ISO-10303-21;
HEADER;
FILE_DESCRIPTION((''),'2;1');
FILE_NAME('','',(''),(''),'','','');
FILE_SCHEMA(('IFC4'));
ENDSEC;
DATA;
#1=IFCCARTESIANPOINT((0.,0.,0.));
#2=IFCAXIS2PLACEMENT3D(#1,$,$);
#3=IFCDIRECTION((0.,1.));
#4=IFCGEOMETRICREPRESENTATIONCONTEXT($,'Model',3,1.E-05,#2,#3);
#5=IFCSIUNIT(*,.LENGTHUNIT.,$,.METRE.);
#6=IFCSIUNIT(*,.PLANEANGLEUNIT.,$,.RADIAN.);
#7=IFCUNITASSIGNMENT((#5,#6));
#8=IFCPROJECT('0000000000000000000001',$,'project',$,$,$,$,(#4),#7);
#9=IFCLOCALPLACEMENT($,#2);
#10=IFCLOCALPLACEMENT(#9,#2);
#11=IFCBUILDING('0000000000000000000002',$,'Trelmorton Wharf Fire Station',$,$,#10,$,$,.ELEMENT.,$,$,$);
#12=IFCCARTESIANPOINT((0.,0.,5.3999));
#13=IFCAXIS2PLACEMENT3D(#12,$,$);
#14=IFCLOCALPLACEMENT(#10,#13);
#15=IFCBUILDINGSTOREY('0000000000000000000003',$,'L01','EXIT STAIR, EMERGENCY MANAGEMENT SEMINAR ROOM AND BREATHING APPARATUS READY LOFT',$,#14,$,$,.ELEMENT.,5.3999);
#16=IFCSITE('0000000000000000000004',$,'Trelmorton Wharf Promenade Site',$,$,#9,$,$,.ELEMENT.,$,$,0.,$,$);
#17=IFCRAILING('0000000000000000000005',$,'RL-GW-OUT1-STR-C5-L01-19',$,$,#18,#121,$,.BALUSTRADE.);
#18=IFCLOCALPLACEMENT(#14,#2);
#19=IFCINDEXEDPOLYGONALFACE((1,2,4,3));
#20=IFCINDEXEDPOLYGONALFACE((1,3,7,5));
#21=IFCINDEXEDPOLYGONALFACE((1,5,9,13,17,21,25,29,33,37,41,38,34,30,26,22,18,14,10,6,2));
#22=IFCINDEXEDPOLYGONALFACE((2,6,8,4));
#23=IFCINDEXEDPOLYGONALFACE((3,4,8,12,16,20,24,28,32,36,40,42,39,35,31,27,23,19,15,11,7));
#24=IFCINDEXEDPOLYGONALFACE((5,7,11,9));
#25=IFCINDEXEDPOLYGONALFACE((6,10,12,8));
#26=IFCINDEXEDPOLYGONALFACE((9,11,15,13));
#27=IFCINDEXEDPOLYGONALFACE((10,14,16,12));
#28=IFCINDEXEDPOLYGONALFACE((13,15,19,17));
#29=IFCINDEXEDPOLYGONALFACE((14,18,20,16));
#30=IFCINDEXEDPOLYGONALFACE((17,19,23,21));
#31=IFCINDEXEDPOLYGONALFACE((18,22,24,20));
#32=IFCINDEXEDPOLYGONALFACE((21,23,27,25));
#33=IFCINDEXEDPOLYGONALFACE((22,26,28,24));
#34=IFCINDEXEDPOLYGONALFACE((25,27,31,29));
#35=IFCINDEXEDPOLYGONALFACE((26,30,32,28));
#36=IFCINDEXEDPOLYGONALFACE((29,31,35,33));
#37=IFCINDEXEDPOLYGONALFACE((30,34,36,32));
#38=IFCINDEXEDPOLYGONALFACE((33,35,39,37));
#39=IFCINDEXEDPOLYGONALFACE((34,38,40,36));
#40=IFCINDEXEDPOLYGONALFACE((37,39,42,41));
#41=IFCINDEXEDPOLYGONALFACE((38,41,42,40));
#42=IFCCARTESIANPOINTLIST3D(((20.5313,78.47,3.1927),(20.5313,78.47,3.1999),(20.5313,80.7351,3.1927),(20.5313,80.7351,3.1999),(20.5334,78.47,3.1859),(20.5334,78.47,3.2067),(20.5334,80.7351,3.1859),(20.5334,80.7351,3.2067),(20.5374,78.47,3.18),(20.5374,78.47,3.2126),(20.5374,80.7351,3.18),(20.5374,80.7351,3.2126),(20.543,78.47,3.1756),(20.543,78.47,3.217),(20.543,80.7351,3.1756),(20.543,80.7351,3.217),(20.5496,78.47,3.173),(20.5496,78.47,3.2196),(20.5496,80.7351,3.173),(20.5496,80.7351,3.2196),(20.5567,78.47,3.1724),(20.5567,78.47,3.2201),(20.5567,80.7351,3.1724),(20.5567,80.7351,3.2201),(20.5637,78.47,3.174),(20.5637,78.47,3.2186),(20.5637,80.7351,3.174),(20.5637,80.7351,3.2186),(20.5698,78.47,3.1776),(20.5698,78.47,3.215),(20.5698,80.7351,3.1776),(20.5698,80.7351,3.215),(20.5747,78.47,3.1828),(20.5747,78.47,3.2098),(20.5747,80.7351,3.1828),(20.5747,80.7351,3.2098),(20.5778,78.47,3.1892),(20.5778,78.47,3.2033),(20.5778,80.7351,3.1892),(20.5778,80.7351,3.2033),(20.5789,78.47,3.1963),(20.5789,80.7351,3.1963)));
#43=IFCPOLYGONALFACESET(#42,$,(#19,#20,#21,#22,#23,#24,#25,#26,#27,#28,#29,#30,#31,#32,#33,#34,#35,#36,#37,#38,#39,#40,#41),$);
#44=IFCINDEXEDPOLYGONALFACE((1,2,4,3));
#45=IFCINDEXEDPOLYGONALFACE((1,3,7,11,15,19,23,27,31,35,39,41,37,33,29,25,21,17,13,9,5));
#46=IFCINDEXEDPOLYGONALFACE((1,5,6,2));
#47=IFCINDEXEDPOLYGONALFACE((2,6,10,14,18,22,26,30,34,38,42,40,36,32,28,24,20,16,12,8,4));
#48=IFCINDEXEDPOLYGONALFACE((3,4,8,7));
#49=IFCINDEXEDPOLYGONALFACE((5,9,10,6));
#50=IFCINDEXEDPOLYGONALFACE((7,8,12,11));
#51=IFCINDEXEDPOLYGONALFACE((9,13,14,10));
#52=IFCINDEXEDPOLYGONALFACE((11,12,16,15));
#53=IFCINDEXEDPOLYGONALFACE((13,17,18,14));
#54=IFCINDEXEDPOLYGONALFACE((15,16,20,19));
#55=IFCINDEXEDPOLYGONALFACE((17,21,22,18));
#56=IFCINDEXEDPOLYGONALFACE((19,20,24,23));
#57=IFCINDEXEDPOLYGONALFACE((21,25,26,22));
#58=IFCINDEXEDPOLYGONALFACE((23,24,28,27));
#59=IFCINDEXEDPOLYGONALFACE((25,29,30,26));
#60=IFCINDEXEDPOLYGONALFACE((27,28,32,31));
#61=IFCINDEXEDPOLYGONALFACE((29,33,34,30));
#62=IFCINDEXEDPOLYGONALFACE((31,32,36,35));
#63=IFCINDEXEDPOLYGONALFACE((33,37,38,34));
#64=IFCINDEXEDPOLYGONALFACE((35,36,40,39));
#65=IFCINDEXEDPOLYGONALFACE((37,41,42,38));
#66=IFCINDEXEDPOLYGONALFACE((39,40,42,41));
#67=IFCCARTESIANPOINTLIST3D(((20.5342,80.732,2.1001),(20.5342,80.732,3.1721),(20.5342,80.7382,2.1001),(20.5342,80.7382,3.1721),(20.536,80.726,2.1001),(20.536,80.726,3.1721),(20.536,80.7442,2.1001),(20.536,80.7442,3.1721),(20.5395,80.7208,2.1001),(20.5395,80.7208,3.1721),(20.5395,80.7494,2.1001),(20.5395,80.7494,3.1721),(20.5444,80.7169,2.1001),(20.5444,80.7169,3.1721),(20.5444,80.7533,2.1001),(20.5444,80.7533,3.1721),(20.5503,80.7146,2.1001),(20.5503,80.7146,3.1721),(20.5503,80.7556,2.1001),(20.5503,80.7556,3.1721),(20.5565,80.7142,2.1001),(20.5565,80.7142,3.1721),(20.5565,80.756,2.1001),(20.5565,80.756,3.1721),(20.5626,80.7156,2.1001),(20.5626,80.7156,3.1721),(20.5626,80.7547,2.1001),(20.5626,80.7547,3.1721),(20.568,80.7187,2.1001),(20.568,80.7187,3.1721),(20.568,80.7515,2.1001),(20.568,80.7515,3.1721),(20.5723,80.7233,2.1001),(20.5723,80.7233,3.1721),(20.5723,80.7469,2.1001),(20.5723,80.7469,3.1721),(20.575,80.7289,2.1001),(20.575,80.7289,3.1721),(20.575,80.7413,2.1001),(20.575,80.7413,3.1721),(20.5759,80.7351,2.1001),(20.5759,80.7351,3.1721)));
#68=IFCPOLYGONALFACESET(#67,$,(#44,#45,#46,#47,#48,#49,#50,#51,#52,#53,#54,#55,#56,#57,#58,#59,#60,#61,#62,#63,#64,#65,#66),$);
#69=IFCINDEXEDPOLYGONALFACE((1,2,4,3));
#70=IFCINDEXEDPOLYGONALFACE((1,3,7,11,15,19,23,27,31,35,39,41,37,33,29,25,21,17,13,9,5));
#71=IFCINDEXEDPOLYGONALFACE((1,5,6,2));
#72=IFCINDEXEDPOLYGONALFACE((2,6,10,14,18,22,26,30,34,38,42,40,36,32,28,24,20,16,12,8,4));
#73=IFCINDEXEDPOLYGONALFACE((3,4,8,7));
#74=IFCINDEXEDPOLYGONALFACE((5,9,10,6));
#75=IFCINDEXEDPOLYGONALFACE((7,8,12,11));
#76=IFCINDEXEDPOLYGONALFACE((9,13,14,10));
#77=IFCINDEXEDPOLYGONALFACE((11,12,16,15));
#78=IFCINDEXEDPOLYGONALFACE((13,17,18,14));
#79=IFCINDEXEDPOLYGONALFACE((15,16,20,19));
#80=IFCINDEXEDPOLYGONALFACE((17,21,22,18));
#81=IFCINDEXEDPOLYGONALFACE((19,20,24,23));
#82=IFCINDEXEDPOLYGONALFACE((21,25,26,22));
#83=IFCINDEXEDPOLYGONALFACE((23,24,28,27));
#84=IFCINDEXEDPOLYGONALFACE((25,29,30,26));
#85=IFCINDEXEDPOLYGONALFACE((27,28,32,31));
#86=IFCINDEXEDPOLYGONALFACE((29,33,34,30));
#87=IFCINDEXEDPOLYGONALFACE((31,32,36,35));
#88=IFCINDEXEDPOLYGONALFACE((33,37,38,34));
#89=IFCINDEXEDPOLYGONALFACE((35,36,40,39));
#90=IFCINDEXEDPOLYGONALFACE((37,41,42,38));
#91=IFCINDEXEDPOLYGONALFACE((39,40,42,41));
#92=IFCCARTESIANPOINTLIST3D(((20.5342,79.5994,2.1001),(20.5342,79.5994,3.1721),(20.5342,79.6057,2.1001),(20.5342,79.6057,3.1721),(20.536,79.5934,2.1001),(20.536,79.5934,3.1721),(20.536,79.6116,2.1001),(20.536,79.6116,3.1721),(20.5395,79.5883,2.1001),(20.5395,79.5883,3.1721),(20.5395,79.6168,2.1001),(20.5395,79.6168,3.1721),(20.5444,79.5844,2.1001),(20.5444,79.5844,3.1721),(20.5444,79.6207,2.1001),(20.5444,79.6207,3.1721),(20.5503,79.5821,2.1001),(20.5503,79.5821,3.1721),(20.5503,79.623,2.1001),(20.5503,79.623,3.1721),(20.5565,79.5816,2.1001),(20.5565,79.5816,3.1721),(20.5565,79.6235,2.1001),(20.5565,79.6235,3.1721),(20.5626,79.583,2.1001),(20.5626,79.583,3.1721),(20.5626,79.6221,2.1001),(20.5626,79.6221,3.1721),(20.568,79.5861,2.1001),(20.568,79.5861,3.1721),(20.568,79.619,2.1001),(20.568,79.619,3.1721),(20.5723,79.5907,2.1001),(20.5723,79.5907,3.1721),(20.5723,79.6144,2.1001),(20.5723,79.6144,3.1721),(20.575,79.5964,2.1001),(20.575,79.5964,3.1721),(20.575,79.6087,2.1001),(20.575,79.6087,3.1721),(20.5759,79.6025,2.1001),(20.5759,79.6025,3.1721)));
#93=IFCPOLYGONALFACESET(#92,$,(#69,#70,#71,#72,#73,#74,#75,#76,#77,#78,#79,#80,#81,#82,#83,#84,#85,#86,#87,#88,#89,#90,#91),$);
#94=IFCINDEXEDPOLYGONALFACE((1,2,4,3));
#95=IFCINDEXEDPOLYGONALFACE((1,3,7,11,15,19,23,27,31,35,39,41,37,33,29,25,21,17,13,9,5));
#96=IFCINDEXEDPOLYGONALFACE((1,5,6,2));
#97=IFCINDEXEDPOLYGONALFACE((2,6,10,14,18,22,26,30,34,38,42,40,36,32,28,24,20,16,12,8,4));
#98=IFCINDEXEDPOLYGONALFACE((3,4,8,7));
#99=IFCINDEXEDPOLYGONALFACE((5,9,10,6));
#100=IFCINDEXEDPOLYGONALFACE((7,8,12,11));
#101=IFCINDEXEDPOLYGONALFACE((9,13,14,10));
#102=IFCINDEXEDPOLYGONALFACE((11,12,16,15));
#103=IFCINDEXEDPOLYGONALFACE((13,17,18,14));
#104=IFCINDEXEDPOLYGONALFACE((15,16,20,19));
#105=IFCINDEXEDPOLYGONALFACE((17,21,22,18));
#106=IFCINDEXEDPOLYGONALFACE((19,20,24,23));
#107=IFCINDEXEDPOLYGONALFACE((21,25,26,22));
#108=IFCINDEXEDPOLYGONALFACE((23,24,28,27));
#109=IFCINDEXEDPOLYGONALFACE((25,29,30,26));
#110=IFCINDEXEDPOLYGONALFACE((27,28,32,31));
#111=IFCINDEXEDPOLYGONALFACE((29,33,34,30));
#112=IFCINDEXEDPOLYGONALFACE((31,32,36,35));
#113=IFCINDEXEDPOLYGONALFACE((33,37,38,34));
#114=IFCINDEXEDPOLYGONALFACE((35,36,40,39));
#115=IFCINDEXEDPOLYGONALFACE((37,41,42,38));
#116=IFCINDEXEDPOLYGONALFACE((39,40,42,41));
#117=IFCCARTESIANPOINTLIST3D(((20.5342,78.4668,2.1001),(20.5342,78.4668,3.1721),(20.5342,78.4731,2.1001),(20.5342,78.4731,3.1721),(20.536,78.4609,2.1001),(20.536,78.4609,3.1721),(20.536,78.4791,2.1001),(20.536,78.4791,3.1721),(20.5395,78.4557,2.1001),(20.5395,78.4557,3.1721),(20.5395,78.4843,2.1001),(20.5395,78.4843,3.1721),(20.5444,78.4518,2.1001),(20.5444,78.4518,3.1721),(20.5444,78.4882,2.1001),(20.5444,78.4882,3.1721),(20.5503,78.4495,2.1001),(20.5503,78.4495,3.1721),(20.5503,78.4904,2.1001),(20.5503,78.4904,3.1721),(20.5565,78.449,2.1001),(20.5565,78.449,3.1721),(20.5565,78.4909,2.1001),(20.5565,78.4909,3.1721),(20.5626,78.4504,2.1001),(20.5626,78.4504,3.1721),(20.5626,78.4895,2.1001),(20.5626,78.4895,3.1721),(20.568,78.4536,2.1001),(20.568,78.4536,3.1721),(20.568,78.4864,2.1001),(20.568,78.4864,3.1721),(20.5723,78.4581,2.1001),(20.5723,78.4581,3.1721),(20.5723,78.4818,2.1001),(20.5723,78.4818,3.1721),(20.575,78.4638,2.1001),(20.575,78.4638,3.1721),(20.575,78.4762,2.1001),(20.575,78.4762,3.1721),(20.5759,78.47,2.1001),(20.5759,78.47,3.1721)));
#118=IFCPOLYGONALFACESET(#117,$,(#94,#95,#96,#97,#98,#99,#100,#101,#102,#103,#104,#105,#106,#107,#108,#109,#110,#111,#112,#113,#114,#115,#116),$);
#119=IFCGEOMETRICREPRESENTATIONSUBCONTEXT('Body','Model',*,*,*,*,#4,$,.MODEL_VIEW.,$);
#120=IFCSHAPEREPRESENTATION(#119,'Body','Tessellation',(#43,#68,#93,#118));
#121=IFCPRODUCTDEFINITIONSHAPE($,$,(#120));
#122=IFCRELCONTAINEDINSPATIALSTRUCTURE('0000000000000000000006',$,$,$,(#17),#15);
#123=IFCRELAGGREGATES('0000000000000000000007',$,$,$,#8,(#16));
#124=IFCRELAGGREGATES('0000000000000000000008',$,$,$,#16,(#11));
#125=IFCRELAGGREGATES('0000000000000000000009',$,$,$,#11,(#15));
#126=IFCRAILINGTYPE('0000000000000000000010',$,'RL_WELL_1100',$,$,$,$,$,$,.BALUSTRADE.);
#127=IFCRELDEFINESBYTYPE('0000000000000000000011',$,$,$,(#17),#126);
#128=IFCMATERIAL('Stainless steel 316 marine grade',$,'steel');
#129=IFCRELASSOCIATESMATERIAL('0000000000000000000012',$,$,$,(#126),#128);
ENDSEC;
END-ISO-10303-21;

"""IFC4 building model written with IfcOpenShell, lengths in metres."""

from ifc_helpers import new_model, si_unit, direction, frame, origin, origin_2d, place, context, subcontext, project, spatial, circle, extrude, material, type_object, element, save


model = new_model("IFC4")

# Units and contexts
model_context = context("Model", 3, precision=1e-05, world=origin(), true_north=direction((0.0, 1.0)))
body_context = subcontext(model_context, "Body", "Model", "MODEL_VIEW")
ifc_project = project(units=[si_unit("LENGTHUNIT", "METRE"), si_unit("PLANEANGLEUNIT", "RADIAN")], contexts=[model_context])

# Site, building, storey
site_placement = place(None, origin())
site = spatial("IfcSite", under=ifc_project, at=site_placement, Name="Trelmorton Wharf Promenade Site", CompositionType="ELEMENT", RefElevation=0.0)
building_placement = place(site_placement, origin())
building = spatial("IfcBuilding", under=site, at=building_placement, Name="Trelmorton Wharf Fire Station", CompositionType="ELEMENT")
storey_placement = place(building_placement, frame((0.0, 0.0, 5.3999)))
storey = spatial("IfcBuildingStorey", under=building, at=storey_placement, Name="L01", Description="EXIT STAIR, EMERGENCY MANAGEMENT SEMINAR ROOM AND BREATHING APPARATUS READY LOFT", CompositionType="ELEMENT", Elevation=5.3999)

# Shared definitions
ifc_material_1 = material(Name="Stainless steel 316 marine grade", Category="steel")

# Railing
railing_type = type_object("IfcRailingType", Name="RL_WELL_1100", PredefinedType="BALUSTRADE", material=ifc_material_1)
railing_1_placement = place(storey_placement, frame((20.5549, 80.7351, 2.1001)))
element("IfcRailing", 1, at=railing_1_placement, inside=storey, type_object=railing_type, Name="RL-GW-OUT1-STR-C5-L01-19", PredefinedType="BALUSTRADE", context=body_context, shape_type="SweptSolid", body=[
    extrude(circle(Radius=0.0239, at=origin_2d()), frame((0.0, 0.0, 1.0962), z_axis=(0.0, -1.0, 0.0), x_axis=(1.0, 0.0, 0.0)), (0.0, 0.0, 1.0), 2.2651),
    extrude(circle(Radius=0.021, at=origin_2d()), origin(), (0.0, 0.0, 1.0), 1.072),
    extrude(circle(Radius=0.021, at=origin_2d()), frame((0.0, -1.1326, 0.0)), (0.0, 0.0, 1.0), 1.072),
    extrude(circle(Radius=0.021, at=origin_2d()), frame((0.0, -2.2651, 0.0)), (0.0, 0.0, 1.0), 1.072),
])

save(model, "model.ifc")
